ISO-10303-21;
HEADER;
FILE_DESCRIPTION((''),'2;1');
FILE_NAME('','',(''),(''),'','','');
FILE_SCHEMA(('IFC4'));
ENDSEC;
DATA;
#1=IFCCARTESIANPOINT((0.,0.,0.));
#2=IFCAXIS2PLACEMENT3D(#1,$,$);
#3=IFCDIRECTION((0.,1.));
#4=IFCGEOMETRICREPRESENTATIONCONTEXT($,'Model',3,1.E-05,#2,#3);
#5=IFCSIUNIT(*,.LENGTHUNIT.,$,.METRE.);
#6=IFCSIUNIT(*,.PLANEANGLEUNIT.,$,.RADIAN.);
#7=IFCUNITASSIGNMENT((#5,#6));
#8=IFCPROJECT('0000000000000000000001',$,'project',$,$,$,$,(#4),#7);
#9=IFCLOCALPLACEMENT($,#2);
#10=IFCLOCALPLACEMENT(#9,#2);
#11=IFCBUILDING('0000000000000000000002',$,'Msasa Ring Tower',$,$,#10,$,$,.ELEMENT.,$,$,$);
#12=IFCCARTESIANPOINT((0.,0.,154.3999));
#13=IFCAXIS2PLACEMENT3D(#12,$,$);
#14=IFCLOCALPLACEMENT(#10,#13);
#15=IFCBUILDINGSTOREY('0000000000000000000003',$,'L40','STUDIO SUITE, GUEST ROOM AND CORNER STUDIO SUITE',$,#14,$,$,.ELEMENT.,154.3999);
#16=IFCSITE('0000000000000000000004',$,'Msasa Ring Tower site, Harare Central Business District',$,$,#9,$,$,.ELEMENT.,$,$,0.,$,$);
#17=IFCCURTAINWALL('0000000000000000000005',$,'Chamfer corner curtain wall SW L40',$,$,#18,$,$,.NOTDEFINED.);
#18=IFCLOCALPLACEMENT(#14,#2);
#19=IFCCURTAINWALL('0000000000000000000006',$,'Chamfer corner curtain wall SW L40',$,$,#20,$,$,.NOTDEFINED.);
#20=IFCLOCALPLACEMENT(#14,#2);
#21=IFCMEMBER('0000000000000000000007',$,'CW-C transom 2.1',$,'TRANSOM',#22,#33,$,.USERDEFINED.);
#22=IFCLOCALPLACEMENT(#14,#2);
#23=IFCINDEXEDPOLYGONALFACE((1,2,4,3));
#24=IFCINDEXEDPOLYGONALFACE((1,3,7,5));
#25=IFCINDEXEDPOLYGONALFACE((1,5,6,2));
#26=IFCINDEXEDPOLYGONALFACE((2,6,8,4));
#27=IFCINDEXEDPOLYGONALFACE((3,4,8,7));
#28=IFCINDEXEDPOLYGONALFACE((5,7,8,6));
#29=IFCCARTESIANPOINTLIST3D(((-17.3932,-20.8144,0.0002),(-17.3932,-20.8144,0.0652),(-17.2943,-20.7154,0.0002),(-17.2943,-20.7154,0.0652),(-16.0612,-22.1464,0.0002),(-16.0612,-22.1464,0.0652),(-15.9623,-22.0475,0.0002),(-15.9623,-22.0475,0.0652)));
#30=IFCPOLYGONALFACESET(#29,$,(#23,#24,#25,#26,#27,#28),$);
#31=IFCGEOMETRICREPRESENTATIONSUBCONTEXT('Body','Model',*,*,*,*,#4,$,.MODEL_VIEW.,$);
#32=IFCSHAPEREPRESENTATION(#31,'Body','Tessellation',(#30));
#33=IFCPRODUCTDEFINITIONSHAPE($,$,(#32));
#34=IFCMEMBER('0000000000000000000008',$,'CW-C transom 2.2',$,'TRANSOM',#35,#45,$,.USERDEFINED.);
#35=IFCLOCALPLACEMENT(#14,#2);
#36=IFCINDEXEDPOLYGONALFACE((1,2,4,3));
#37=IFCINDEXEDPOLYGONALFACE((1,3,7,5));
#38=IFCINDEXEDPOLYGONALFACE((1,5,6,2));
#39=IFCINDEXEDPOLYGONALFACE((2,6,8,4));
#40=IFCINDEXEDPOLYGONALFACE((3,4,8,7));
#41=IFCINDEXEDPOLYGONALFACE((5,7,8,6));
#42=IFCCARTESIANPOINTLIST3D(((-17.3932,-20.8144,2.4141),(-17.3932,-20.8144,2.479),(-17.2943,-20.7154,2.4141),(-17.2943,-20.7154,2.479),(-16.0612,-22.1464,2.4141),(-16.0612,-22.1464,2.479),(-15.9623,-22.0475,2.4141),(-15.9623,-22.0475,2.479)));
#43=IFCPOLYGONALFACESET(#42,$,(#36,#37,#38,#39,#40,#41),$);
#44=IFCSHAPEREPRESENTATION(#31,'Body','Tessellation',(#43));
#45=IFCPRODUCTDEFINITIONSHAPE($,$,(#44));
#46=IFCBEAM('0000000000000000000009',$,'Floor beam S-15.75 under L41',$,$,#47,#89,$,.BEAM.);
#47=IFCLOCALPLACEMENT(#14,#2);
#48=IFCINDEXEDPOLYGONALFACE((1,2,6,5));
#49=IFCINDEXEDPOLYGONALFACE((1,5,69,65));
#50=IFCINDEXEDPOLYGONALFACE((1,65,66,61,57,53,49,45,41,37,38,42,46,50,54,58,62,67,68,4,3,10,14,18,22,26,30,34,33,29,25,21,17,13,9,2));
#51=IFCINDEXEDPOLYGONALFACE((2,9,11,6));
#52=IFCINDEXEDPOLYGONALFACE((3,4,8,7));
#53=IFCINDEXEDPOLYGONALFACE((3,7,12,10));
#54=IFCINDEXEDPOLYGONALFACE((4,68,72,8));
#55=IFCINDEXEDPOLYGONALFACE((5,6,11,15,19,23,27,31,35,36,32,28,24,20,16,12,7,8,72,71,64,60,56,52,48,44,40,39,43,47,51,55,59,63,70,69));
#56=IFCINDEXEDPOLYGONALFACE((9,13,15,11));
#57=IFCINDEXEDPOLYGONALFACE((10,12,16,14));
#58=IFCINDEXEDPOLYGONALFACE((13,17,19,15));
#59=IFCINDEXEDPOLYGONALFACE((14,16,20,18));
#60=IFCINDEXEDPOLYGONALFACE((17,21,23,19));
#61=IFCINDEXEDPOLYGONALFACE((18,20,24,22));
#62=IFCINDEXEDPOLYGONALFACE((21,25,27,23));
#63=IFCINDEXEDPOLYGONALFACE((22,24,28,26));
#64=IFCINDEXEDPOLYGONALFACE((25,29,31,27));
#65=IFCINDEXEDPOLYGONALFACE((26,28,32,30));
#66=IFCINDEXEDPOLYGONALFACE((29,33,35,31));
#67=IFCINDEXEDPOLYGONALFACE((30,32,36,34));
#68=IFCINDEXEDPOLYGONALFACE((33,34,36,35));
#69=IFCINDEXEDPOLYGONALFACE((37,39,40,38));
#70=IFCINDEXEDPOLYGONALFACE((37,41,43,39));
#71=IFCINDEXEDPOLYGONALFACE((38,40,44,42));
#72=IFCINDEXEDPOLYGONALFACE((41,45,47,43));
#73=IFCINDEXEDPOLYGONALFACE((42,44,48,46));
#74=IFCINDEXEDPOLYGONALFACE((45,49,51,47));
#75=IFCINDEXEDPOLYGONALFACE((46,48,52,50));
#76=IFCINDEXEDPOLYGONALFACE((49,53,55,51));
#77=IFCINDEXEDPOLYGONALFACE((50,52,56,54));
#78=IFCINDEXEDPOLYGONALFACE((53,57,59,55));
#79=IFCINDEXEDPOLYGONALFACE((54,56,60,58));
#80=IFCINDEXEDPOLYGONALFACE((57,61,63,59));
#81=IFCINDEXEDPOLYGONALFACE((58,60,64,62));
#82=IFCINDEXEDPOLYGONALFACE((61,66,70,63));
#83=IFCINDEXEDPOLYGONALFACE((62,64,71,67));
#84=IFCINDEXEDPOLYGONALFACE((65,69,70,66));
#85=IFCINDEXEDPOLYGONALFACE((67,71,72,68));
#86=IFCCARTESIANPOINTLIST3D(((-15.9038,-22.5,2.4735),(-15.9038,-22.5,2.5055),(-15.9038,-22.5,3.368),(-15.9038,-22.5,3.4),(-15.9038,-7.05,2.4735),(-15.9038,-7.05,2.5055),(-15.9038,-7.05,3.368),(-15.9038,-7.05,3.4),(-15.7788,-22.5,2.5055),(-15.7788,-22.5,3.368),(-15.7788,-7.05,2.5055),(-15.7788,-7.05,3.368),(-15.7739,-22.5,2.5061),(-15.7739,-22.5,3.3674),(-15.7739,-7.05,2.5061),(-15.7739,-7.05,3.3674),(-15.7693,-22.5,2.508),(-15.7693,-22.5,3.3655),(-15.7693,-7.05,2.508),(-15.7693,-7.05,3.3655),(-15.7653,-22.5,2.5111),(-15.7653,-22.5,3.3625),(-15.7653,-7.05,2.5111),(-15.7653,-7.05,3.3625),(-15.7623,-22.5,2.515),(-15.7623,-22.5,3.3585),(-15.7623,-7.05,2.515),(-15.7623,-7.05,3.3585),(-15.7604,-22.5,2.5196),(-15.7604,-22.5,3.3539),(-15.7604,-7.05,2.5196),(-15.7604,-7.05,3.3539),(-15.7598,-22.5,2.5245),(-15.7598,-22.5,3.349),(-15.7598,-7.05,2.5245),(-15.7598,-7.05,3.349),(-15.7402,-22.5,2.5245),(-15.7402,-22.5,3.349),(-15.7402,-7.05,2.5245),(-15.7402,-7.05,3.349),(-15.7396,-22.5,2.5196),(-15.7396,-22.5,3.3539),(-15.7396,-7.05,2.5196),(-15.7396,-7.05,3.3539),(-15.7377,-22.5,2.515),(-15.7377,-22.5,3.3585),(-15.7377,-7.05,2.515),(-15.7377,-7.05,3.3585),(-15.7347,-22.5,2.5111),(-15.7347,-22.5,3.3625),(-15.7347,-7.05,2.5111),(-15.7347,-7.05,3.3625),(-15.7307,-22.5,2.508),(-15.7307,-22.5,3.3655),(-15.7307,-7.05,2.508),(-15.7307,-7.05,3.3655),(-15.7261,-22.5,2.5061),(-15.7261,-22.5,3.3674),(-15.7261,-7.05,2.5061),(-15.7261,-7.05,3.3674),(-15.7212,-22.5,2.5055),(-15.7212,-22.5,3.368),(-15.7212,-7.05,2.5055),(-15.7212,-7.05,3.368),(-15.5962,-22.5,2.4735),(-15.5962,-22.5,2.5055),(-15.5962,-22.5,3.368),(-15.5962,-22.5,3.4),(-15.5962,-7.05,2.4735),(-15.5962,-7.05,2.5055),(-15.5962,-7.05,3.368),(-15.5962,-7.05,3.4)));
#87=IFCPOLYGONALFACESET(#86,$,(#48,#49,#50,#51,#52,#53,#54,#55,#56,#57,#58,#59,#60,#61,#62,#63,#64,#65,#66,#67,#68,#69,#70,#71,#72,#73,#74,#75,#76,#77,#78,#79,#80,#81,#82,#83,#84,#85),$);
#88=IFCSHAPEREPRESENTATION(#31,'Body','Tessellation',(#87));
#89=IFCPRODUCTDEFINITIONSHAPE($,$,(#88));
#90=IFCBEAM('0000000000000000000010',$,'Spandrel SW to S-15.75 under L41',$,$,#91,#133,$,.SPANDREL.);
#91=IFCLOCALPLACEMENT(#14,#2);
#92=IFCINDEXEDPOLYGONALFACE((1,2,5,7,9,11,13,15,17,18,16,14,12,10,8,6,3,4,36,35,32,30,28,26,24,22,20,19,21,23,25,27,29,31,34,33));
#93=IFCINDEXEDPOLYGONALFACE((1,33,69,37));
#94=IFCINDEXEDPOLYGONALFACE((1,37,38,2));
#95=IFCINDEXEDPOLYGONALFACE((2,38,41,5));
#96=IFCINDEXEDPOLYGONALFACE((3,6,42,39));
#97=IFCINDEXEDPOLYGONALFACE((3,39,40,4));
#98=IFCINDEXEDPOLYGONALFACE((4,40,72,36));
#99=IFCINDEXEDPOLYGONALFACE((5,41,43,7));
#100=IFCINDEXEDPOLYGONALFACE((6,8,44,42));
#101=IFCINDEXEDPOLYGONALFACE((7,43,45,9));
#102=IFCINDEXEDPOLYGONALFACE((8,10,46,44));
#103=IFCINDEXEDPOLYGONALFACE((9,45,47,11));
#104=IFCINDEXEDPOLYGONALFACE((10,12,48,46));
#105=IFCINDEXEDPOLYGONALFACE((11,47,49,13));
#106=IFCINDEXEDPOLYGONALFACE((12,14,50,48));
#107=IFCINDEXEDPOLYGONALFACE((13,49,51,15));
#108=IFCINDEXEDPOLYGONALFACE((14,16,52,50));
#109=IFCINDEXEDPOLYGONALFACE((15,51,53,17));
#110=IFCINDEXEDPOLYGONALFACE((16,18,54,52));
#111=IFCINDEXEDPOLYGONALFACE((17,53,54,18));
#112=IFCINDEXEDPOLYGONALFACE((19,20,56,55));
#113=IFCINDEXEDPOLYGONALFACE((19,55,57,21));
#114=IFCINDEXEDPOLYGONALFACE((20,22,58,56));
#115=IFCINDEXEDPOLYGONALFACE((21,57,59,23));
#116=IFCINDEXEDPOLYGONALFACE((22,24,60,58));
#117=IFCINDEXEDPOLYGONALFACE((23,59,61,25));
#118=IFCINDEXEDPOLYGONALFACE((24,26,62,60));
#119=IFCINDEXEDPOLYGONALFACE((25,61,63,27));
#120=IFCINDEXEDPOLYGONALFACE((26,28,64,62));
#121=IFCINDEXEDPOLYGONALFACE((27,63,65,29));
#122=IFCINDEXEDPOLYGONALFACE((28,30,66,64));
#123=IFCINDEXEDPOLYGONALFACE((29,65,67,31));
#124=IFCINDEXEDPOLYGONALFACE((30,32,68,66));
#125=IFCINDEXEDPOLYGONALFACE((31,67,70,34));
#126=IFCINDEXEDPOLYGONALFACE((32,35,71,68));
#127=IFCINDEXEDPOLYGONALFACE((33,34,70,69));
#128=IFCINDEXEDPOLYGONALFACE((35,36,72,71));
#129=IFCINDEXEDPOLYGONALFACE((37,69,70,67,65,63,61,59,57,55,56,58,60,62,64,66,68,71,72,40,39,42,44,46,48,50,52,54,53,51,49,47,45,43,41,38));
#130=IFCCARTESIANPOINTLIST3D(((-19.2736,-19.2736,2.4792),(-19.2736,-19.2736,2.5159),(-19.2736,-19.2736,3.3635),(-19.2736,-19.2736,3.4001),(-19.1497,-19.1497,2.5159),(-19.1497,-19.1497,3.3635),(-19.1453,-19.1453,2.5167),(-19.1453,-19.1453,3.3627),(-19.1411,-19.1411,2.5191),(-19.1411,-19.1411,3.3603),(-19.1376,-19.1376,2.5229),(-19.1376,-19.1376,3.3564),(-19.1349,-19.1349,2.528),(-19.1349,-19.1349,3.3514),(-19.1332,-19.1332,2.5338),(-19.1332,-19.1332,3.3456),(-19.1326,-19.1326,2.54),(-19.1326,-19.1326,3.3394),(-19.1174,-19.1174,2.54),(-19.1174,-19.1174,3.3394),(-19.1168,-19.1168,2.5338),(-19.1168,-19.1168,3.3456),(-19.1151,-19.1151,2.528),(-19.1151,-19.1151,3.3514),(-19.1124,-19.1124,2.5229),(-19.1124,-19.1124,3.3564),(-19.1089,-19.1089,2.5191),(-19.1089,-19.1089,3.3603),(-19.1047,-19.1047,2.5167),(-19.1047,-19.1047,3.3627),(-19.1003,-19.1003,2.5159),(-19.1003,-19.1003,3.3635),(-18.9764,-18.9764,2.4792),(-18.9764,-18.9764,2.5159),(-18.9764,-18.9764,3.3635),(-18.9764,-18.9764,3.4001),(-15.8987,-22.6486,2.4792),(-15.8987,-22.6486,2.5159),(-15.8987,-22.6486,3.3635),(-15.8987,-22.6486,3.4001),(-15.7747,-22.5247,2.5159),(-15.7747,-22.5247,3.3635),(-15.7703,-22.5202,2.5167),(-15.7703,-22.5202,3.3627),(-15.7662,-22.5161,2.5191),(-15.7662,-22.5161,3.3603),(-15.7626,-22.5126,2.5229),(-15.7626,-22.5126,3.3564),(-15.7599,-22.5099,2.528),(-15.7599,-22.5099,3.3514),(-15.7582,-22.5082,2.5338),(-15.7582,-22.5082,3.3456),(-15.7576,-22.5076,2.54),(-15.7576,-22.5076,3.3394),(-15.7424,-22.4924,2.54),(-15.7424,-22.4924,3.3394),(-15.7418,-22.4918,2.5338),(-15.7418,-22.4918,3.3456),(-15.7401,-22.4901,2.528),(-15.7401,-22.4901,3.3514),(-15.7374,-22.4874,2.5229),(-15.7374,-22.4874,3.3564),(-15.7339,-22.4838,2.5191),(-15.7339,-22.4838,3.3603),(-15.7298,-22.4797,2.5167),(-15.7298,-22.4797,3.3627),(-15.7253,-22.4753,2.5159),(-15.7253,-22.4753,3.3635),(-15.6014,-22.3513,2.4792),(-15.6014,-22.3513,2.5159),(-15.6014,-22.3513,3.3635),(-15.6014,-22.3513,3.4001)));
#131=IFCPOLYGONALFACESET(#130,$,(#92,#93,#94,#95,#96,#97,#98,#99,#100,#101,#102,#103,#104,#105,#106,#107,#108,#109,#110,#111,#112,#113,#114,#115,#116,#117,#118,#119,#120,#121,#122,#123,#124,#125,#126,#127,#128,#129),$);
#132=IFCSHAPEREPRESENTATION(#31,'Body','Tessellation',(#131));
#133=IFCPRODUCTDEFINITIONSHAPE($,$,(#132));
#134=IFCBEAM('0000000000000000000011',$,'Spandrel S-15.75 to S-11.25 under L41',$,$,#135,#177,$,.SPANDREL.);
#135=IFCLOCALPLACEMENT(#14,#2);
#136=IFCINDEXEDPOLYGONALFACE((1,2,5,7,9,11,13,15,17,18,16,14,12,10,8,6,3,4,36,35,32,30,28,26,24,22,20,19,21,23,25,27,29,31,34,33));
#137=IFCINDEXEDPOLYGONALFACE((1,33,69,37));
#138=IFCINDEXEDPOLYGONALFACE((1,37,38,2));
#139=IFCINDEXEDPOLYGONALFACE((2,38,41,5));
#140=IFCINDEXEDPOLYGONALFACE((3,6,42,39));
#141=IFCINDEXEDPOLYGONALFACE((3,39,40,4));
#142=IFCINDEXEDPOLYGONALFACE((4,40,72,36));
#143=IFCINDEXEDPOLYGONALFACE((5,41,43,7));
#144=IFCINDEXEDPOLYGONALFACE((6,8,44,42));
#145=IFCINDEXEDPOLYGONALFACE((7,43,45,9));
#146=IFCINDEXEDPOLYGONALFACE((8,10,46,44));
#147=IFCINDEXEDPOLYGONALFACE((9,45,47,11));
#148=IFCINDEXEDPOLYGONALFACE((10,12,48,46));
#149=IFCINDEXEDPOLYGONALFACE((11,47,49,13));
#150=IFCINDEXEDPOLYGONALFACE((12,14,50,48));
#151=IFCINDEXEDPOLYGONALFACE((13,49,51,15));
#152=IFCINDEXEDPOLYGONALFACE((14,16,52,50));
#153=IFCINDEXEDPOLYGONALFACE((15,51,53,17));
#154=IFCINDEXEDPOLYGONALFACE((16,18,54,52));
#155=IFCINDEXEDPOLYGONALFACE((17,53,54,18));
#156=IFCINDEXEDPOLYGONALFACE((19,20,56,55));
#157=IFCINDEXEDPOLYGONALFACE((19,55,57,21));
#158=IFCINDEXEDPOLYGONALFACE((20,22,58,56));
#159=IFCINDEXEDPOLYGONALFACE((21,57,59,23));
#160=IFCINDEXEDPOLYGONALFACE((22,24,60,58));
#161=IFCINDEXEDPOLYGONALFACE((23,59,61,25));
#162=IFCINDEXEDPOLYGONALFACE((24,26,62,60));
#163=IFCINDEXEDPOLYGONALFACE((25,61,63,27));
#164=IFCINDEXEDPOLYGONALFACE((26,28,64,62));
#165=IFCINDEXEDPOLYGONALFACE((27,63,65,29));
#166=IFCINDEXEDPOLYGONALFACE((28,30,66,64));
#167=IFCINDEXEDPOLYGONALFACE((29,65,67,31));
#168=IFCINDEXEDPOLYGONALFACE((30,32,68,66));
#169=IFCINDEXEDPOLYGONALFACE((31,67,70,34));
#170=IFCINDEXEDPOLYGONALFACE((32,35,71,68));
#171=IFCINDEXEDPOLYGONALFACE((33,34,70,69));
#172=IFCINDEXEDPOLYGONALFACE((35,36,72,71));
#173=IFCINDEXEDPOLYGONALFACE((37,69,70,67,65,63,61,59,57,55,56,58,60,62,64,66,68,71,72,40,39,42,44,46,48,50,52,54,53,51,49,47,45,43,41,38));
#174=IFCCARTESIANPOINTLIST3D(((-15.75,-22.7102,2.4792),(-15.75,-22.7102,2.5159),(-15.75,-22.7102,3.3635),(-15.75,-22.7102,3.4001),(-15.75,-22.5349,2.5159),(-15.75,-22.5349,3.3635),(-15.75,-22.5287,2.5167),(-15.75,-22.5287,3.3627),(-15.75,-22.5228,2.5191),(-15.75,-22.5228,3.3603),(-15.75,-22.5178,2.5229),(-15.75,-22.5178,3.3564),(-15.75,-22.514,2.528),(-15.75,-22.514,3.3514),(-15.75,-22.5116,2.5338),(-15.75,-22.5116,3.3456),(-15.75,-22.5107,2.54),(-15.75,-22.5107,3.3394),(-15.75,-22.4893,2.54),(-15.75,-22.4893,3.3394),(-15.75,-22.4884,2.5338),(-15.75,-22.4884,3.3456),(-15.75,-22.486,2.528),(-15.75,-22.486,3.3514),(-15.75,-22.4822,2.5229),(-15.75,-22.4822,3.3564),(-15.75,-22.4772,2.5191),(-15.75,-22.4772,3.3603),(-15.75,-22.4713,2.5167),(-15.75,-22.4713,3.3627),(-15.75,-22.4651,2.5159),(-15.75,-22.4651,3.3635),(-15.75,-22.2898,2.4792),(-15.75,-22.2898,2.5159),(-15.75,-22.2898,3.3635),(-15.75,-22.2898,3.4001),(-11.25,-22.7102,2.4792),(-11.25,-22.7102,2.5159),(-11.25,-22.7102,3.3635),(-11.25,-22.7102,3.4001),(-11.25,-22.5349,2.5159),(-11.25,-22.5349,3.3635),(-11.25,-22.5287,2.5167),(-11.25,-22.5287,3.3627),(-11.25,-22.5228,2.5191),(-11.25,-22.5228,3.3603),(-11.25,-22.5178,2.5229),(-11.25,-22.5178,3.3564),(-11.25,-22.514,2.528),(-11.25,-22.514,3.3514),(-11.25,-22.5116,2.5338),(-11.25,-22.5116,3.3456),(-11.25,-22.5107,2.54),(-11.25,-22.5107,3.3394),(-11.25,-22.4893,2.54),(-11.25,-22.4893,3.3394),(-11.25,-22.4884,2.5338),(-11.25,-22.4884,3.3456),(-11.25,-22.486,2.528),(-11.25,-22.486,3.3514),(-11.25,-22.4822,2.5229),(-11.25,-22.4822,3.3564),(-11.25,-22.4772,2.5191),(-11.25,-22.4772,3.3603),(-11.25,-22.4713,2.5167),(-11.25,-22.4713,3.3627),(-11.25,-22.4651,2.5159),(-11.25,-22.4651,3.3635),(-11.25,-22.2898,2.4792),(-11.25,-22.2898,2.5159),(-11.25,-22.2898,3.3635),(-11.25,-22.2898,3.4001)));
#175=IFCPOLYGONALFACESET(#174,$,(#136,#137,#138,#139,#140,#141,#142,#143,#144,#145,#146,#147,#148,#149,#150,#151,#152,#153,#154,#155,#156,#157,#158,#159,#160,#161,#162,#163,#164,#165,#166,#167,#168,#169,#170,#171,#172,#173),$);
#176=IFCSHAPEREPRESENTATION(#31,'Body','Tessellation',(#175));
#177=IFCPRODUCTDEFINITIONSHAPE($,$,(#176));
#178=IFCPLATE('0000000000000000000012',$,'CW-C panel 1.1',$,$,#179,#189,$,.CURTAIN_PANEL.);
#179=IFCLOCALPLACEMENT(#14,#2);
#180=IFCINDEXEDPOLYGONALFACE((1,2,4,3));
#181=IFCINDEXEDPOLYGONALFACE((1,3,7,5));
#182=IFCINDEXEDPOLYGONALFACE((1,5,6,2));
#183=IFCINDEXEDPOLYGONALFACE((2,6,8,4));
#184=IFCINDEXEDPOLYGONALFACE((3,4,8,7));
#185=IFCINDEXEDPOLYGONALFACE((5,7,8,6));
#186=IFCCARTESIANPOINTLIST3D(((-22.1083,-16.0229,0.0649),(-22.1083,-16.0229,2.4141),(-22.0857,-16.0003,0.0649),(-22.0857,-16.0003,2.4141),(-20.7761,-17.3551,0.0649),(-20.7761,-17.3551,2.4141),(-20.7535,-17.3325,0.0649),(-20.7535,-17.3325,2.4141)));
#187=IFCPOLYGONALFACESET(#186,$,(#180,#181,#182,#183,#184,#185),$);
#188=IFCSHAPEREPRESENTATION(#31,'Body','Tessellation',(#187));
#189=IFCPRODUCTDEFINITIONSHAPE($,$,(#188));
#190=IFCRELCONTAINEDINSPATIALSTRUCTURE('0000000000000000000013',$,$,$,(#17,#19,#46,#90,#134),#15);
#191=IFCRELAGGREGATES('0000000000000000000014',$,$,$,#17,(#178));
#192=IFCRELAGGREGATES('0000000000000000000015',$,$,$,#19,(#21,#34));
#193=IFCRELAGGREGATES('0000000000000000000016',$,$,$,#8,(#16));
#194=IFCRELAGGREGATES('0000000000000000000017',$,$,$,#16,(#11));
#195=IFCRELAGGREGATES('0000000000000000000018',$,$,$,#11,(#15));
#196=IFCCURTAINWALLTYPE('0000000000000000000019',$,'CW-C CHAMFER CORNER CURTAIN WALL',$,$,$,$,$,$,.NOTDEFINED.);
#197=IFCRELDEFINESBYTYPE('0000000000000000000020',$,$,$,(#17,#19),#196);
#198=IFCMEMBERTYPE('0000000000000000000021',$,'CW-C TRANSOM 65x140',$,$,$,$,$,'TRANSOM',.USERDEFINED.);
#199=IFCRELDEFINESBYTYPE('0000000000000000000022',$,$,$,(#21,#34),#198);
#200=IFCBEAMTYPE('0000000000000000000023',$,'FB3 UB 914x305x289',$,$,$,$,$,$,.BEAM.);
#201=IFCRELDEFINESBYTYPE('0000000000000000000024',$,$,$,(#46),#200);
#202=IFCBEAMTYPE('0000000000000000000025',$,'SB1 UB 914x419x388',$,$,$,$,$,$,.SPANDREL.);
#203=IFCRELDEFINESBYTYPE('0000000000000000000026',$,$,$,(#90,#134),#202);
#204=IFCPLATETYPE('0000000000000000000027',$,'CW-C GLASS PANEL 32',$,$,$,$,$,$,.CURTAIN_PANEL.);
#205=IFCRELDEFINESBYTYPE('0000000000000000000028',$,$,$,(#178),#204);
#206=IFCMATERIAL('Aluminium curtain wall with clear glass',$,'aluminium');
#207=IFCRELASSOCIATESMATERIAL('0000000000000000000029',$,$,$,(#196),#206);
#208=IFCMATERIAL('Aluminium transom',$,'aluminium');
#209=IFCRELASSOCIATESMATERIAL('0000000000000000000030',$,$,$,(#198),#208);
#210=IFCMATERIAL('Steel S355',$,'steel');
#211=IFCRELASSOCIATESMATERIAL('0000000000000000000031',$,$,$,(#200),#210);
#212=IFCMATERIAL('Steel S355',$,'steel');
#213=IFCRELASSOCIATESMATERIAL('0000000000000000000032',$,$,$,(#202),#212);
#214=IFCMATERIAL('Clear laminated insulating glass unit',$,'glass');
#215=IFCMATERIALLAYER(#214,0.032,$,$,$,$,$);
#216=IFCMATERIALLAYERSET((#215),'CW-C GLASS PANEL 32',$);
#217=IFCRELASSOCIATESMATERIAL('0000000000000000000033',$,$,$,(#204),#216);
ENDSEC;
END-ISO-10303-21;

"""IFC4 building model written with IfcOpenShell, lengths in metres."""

from ifc_helpers import new_model, si_unit, direction, frame, origin, origin_2d, place, context, subcontext, project, spatial, rectangle, i_section, extrude, material, layer, layer_set, material_profile, profile_set, type_object, element, aggregate, save


model = new_model("IFC4")

# Units and contexts
model_context = context("Model", 3, precision=1e-05, world=origin(), true_north=direction((0.0, 1.0)))
body_context = subcontext(model_context, "Body", "Model", "MODEL_VIEW")
ifc_project = project(units=[si_unit("LENGTHUNIT", "METRE"), si_unit("PLANEANGLEUNIT", "RADIAN")], contexts=[model_context])

# Site, building, storey
site_placement = place(None, origin())
site = spatial("IfcSite", under=ifc_project, at=site_placement, Name="Msasa Ring Tower site, Harare Central Business District", CompositionType="ELEMENT", RefElevation=0.0)
building_placement = place(site_placement, origin())
building = spatial("IfcBuilding", under=site, at=building_placement, Name="Msasa Ring Tower", CompositionType="ELEMENT")
storey_placement = place(building_placement, frame((0.0, 0.0, 154.3999)))
storey = spatial("IfcBuildingStorey", under=building, at=storey_placement, Name="L40", Description="STUDIO SUITE, GUEST ROOM AND CORNER STUDIO SUITE", CompositionType="ELEMENT", Elevation=154.3999)

# Curtain walls
ifc_material_1 = material(Name="Aluminium curtain wall with clear glass", Category="aluminium")
curtain_wall_type = type_object("IfcCurtainWallType", Name="CW-C CHAMFER CORNER CURTAIN WALL", PredefinedType="NOTDEFINED", material=ifc_material_1)
curtain_wall_1_placement = place(storey_placement, origin())
curtain_wall_1 = element("IfcCurtainWall", 1, at=curtain_wall_1_placement, inside=storey, type_object=curtain_wall_type, Name="Chamfer corner curtain wall SW L40", PredefinedType="NOTDEFINED")
curtain_wall_2_placement = place(storey_placement, origin())
curtain_wall_2 = element("IfcCurtainWall", 2, at=curtain_wall_2_placement, inside=storey, type_object=curtain_wall_type, Name="Chamfer corner curtain wall SW L40", PredefinedType="NOTDEFINED")

# Members
ifc_material_2 = material(Name="Aluminium transom", Category="aluminium")
ifc_material_profile_1 = material_profile(ifc_material_2, rectangle(XDim=0.1399, YDim=0.0649, at=origin_2d()), Name="AL 65x140")
ifc_profile_set_1 = profile_set([ifc_material_profile_1], Name="Aluminium transom")
member_type_1 = type_object("IfcMemberType", Name="CW-C TRANSOM 65x140", ElementType="TRANSOM", PredefinedType="USERDEFINED", material=ifc_profile_set_1)
member_1_placement = place(storey_placement, frame((-17.3438, -20.7649, 0.0327), z_axis=(0.707107, -0.707107, 0.0), x_axis=(0.707107, 0.707107, 0.0)))
member_1 = element("IfcMember", 3, at=member_1_placement, type_object=member_type_1, Name="CW-C transom 2.1", ObjectType="TRANSOM", PredefinedType="USERDEFINED", context=body_context, shape_type="SweptSolid", body=[
    extrude(rectangle(XDim=0.1399, YDim=0.0649, at=origin_2d()), origin(), (0.0, 0.0, 1.0), 1.8838),
])
member_2_placement = place(storey_placement, frame((-17.3438, -20.7649, 2.4465), z_axis=(0.707107, -0.707107, 0.0), x_axis=(0.707107, 0.707107, 0.0)))
member_2 = element("IfcMember", 4, at=member_2_placement, type_object=member_type_1, Name="CW-C transom 2.2", ObjectType="TRANSOM", PredefinedType="USERDEFINED", context=body_context, shape_type="SweptSolid", body=[
    extrude(rectangle(XDim=0.1399, YDim=0.0649, at=origin_2d()), origin(), (0.0, 0.0, 1.0), 1.8838),
])

# Beams
ifc_material_3 = material(Name="Steel S355", Category="steel")
ifc_material_profile_2 = material_profile(ifc_material_3, i_section(OverallWidth=0.3076, OverallDepth=0.9265, WebThickness=0.0195, FlangeThickness=0.032, FilletRadius=0.019, at=origin_2d()), Name="UB 914x305x289")
ifc_profile_set_2 = profile_set([ifc_material_profile_2], Name="Steel S355")
beam_type_1 = type_object("IfcBeamType", Name="FB3 UB 914x305x289", PredefinedType="BEAM", material=ifc_profile_set_2)
beam_1_placement = place(storey_placement, frame((-15.75, -22.5, 2.9368), z_axis=(0.0, 1.0, 0.0), x_axis=(-1.0, 0.0, 0.0)))
element("IfcBeam", 5, at=beam_1_placement, inside=storey, type_object=beam_type_1, Name="Floor beam S-15.75 under L41", PredefinedType="BEAM", context=body_context, shape_type="SweptSolid", body=[
    extrude(i_section(OverallWidth=0.3076, OverallDepth=0.9265, WebThickness=0.0195, FlangeThickness=0.032, FilletRadius=0.019, at=origin_2d()), origin(), (0.0, 0.0, 1.0), 15.45),
])
ifc_material_4 = material(Name="Steel S355", Category="steel")
ifc_material_profile_3 = material_profile(ifc_material_4, i_section(OverallWidth=0.4204, OverallDepth=0.9209, WebThickness=0.0215, FlangeThickness=0.0366, FilletRadius=0.0242, at=origin_2d()), Name="UB 914x419x388")
ifc_profile_set_3 = profile_set([ifc_material_profile_3], Name="Steel S355")
beam_type_2 = type_object("IfcBeamType", Name="SB1 UB 914x419x388", PredefinedType="SPANDREL", material=ifc_profile_set_3)
beam_2_placement = place(storey_placement, frame((-19.125, -19.125, 2.9397), z_axis=(0.707107, -0.707107, 0.0), x_axis=(0.707107, 0.707107, 0.0)))
element("IfcBeam", 6, at=beam_2_placement, inside=storey, type_object=beam_type_2, Name="Spandrel SW to S-15.75 under L41", PredefinedType="SPANDREL", context=body_context, shape_type="SweptSolid", body=[
    extrude(i_section(OverallWidth=0.4204, OverallDepth=0.9209, WebThickness=0.0215, FlangeThickness=0.0366, FilletRadius=0.0242, at=origin_2d()), origin(), (0.0, 0.0, 1.0), 4.7729),
])
beam_3_placement = place(storey_placement, frame((-15.75, -22.5, 2.9397), z_axis=(1.0, 0.0, 0.0), x_axis=(0.0, 1.0, 0.0)))
element("IfcBeam", 7, at=beam_3_placement, inside=storey, type_object=beam_type_2, Name="Spandrel S-15.75 to S-11.25 under L41", PredefinedType="SPANDREL", context=body_context, shape_type="SweptSolid", body=[
    extrude(i_section(OverallWidth=0.4204, OverallDepth=0.9209, WebThickness=0.0215, FlangeThickness=0.0366, FilletRadius=0.0242, at=origin_2d()), origin(), (0.0, 0.0, 1.0), 4.5),
])

# Plate
ifc_material_5 = material(Name="Clear laminated insulating glass unit", Category="glass")
ifc_layer_1 = layer(ifc_material_5, 0.032)
ifc_layer_set_1 = layer_set([ifc_layer_1], Name="CW-C GLASS PANEL 32")
plate_type = type_object("IfcPlateType", Name="CW-C GLASS PANEL 32", PredefinedType="CURTAIN_PANEL", material=ifc_layer_set_1)
plate_1_placement = place(storey_placement, frame((-21.4309, -16.6777, 0.0649), z_axis=(0.0, 0.0, 1.0), x_axis=(0.707107, -0.707107, 0.0)))
plate_1 = element("IfcPlate", 8, at=plate_1_placement, type_object=plate_type, Name="CW-C panel 1.1", PredefinedType="CURTAIN_PANEL", context=body_context, shape_type="SweptSolid", body=[
    extrude(rectangle(XDim=1.884, YDim=0.032, at=origin_2d()), origin(), (0.0, 0.0, 1.0), 2.3491),
])
aggregate(curtain_wall_1, [plate_1])
aggregate(curtain_wall_2, [member_1, member_2])

save(model, "model.ifc")
